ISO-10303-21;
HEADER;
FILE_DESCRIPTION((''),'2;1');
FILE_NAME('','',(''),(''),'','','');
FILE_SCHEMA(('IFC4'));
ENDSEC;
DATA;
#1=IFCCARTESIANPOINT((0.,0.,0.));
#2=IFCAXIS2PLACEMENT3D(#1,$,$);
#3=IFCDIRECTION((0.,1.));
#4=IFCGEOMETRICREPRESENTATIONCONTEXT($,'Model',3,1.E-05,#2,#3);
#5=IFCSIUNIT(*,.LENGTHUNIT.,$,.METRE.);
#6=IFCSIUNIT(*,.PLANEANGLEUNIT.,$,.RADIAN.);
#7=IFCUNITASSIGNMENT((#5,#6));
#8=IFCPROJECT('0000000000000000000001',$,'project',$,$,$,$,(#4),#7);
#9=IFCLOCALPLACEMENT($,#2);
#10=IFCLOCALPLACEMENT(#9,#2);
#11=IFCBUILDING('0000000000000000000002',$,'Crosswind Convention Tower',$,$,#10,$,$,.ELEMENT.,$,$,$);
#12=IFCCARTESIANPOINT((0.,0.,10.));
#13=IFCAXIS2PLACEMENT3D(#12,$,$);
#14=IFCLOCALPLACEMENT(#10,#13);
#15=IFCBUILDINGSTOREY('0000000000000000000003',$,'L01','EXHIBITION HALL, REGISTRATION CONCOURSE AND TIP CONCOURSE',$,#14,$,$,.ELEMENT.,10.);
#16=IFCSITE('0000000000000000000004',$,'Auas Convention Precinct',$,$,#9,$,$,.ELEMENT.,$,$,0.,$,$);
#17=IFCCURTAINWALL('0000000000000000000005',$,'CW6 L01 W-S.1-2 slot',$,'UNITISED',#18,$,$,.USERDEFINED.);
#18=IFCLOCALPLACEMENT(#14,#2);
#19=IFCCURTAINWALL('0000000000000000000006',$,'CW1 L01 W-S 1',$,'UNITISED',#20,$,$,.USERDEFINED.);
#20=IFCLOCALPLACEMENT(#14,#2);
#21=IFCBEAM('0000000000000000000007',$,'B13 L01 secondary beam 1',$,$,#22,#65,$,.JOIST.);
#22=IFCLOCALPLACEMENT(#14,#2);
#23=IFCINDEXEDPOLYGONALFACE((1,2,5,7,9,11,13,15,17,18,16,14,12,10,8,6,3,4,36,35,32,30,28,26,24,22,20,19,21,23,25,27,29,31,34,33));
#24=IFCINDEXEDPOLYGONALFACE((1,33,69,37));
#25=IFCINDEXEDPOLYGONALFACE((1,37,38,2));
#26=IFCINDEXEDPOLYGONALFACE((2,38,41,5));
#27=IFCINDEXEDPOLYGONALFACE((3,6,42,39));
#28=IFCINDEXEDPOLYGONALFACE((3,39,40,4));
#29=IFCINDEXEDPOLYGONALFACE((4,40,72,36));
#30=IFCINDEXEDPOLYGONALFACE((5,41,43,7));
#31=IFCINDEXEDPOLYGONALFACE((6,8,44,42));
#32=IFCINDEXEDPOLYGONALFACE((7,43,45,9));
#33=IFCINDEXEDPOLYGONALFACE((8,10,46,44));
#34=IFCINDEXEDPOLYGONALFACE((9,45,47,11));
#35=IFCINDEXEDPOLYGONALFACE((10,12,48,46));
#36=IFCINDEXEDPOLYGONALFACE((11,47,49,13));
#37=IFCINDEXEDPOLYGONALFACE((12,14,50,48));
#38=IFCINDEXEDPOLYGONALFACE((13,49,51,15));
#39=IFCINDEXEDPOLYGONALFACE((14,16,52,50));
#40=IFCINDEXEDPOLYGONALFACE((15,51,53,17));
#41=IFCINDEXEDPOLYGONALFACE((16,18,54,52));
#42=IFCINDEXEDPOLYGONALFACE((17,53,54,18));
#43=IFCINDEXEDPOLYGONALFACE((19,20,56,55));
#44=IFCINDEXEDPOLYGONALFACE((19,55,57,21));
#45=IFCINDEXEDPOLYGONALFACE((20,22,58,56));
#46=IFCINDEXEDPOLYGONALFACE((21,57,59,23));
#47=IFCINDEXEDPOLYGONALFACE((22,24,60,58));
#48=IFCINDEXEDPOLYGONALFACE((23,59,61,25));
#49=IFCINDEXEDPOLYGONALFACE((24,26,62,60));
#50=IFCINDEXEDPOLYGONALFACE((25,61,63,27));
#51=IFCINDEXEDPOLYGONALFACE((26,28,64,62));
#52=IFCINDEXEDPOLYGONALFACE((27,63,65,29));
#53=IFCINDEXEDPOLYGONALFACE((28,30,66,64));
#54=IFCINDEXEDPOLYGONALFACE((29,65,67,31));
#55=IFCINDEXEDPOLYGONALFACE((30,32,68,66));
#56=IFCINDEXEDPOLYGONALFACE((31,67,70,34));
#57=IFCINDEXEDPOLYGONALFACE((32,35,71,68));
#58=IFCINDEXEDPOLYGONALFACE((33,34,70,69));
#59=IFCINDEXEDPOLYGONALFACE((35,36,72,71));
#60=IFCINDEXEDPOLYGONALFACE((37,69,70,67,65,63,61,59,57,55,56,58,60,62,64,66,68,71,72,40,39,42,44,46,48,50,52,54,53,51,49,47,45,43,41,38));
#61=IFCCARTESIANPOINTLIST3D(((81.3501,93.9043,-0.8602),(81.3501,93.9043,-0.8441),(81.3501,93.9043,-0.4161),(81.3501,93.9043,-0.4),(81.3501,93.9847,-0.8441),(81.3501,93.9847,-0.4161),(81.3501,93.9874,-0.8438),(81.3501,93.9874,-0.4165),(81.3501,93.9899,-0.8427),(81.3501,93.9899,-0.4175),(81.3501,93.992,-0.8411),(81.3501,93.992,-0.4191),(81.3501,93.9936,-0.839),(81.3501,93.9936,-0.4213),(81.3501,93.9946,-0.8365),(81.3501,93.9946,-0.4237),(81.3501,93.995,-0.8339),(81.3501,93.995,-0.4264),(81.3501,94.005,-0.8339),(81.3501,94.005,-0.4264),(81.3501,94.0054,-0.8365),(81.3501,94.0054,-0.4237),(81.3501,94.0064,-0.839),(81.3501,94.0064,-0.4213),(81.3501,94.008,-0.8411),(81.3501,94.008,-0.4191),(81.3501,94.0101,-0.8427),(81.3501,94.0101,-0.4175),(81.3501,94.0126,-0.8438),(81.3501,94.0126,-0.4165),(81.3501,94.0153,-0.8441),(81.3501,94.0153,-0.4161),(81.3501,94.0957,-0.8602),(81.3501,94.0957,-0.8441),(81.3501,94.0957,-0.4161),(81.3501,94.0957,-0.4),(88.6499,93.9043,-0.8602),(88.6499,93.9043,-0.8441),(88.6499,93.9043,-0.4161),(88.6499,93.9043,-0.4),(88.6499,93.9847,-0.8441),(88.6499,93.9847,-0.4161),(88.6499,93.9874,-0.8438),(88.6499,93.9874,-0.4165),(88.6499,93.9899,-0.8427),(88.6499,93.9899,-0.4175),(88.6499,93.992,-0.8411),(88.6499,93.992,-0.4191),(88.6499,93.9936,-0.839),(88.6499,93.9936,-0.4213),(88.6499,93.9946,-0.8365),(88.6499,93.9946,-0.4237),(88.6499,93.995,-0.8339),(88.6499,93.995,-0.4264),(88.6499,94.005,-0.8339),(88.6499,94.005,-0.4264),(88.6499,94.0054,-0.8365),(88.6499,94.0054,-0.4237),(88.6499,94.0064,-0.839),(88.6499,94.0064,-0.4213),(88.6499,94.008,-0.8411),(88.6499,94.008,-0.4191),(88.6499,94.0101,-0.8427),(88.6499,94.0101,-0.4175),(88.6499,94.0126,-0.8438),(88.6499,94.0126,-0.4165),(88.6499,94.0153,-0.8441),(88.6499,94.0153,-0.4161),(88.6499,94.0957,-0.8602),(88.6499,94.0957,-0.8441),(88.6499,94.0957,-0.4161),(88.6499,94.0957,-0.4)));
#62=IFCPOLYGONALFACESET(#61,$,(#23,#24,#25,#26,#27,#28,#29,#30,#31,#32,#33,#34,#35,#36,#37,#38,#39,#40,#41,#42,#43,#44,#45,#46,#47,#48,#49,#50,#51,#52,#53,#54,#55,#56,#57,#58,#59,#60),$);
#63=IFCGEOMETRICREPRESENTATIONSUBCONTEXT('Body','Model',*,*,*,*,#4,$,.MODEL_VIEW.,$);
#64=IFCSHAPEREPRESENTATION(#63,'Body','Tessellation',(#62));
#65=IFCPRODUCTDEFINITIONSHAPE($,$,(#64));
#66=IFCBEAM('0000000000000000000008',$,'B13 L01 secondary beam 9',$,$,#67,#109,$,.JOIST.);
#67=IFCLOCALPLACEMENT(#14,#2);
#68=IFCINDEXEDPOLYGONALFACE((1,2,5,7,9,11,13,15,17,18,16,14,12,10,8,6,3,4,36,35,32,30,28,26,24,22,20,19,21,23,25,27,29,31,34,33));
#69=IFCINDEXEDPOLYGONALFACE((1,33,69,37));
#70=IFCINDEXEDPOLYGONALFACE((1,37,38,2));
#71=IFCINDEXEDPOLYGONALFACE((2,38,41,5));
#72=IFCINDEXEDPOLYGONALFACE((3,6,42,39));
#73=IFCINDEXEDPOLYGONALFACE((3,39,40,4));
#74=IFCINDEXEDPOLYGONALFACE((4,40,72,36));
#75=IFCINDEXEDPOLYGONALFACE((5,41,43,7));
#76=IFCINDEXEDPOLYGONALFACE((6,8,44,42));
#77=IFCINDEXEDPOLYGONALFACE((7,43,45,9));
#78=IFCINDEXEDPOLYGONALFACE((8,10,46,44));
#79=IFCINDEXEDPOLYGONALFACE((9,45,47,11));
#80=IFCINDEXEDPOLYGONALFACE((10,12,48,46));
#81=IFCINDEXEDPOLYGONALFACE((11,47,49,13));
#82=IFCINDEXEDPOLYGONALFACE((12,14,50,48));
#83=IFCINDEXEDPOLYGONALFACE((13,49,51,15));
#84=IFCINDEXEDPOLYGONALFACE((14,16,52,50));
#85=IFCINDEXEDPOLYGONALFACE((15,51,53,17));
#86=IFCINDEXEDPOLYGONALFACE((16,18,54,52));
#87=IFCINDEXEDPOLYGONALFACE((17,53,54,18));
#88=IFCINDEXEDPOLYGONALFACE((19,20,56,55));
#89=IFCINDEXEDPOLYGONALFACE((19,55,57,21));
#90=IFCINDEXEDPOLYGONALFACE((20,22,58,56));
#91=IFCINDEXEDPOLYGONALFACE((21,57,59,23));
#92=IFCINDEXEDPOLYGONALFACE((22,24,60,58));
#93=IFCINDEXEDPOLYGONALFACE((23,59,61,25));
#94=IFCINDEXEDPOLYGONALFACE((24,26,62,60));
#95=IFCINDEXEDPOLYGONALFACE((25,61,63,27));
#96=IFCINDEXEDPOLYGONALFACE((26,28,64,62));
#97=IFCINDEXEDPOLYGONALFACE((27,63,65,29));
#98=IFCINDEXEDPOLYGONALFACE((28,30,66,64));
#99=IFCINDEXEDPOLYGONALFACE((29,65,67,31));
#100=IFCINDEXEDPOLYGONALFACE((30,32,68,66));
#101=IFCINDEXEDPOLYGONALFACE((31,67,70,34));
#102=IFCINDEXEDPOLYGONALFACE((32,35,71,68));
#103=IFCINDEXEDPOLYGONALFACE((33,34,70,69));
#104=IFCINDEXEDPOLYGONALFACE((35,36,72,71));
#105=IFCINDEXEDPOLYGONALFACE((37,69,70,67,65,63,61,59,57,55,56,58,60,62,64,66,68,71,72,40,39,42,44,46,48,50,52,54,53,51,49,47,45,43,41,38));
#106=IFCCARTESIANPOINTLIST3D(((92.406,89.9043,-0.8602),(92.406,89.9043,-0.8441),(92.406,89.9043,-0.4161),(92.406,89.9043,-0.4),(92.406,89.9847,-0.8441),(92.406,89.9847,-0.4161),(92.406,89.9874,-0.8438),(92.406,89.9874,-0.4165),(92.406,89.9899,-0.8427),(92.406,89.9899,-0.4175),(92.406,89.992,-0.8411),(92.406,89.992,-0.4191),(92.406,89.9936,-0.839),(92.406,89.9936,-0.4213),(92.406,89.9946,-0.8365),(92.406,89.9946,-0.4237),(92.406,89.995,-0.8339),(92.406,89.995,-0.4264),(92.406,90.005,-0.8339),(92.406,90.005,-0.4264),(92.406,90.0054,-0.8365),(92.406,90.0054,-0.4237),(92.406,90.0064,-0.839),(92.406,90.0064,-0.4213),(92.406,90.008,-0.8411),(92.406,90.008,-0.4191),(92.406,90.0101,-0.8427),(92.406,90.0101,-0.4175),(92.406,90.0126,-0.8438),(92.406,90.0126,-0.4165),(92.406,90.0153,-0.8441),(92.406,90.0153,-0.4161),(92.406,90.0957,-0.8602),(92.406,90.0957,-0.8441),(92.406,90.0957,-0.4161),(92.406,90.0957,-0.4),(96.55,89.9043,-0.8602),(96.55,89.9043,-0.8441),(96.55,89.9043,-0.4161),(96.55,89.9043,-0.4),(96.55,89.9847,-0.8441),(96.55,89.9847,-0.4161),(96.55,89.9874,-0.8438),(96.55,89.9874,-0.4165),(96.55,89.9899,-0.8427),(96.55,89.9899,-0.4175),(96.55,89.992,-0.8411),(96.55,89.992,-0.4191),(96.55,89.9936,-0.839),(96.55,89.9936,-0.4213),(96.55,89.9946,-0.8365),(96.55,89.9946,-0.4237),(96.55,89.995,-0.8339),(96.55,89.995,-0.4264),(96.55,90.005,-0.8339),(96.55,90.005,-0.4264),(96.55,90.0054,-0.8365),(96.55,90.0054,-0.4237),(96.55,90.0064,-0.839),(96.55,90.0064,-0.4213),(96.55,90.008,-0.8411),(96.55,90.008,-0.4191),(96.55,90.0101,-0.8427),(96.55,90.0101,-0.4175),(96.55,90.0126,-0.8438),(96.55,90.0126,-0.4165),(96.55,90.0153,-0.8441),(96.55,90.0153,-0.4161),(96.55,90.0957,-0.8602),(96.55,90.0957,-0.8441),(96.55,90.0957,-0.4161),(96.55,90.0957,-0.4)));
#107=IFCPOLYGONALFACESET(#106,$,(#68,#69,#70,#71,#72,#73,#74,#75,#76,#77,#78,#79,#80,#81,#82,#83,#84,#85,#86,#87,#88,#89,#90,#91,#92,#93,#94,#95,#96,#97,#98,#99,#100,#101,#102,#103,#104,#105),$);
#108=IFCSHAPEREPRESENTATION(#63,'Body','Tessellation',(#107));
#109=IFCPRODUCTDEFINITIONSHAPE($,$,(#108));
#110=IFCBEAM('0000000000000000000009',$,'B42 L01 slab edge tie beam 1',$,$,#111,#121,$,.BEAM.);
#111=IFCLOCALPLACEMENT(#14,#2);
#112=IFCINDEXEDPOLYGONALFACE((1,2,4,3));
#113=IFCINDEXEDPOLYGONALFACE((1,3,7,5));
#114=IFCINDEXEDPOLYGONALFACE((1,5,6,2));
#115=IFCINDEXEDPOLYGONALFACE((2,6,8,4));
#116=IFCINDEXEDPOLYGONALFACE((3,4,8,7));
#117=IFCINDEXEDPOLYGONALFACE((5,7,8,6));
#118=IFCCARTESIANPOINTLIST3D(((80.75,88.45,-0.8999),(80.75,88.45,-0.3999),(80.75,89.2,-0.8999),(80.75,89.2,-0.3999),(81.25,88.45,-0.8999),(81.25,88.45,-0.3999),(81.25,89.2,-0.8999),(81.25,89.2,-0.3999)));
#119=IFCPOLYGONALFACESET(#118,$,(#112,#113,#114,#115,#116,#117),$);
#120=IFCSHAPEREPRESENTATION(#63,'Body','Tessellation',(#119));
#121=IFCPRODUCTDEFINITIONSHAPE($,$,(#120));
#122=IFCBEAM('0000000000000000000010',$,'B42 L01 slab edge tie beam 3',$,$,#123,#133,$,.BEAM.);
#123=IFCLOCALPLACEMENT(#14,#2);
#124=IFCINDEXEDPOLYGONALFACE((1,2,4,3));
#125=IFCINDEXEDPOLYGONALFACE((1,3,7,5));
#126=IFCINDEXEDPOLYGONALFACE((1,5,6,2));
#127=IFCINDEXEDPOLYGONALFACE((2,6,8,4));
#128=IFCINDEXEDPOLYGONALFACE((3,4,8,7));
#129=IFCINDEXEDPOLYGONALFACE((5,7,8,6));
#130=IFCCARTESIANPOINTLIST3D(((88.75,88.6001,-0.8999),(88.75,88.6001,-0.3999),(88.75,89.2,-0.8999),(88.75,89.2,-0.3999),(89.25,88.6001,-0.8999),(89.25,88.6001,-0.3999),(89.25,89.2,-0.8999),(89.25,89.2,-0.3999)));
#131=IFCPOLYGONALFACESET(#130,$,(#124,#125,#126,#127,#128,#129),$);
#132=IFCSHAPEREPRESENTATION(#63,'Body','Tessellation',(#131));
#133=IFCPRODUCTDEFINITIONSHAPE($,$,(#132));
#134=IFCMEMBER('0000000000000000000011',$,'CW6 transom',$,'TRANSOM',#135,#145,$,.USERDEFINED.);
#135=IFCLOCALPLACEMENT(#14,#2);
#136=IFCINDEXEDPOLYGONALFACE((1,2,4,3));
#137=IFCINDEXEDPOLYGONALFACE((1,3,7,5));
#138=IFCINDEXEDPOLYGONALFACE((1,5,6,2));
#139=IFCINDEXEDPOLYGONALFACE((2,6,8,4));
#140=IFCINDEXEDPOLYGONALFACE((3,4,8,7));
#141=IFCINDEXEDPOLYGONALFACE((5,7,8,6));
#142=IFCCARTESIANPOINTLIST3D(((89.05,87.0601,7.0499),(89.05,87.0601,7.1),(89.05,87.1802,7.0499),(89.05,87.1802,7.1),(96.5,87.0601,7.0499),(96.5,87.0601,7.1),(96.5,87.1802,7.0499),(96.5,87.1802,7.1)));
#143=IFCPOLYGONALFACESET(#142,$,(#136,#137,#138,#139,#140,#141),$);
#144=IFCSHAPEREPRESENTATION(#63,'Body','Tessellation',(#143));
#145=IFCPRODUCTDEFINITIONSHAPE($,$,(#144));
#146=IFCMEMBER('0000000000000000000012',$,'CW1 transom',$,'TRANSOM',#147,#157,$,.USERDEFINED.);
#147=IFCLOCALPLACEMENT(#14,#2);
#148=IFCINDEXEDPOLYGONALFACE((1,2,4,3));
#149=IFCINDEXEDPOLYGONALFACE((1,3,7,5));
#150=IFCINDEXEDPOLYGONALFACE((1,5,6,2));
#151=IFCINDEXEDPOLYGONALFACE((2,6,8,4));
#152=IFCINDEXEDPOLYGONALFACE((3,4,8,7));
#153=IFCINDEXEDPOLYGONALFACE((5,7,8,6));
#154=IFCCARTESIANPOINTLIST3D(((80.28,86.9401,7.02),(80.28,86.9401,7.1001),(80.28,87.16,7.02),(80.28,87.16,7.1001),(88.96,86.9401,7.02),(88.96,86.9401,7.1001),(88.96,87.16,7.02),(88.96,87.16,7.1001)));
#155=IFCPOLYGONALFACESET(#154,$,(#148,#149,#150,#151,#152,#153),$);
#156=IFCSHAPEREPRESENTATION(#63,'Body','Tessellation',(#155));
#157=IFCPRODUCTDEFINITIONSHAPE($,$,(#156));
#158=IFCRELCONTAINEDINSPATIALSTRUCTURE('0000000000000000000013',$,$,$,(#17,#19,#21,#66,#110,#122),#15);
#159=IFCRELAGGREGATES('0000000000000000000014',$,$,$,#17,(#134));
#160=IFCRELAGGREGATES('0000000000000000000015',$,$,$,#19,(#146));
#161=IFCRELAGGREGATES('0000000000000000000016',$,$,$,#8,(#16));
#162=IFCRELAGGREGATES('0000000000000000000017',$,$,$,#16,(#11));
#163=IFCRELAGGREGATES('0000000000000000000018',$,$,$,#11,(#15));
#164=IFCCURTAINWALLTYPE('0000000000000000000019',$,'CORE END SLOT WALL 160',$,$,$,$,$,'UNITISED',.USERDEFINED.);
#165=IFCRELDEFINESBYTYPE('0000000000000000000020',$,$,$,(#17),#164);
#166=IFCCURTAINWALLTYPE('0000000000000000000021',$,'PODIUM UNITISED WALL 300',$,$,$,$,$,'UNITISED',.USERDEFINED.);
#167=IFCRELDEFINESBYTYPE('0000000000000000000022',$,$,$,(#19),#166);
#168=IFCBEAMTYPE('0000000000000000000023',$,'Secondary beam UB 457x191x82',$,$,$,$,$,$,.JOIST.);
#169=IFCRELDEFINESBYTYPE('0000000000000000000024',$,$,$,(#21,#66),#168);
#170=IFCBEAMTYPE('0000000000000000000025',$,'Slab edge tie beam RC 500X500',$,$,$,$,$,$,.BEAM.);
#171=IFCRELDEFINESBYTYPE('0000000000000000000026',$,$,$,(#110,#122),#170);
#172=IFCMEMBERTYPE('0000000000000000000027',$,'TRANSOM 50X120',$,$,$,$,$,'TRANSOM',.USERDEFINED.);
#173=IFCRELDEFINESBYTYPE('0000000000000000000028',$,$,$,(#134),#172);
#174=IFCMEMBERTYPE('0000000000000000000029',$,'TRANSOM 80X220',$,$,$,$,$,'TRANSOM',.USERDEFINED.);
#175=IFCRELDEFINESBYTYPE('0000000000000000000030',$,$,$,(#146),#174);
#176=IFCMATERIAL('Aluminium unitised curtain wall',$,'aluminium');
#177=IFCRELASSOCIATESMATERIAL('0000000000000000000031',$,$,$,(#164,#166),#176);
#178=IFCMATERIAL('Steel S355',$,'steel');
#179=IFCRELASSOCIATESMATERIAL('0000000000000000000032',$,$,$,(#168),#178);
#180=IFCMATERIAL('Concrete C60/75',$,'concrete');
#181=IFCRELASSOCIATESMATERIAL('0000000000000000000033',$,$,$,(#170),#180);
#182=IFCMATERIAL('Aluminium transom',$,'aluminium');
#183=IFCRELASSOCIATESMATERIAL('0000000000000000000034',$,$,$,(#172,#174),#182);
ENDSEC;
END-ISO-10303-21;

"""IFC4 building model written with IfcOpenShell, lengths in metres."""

from ifc_helpers import new_model, si_unit, direction, frame, origin, origin_2d, place, context, subcontext, project, spatial, rectangle, i_section, extrude, material, material_profile, profile_set, type_object, element, aggregate, save


model = new_model("IFC4")

# Units and contexts
model_context = context("Model", 3, precision=1e-05, world=origin(), true_north=direction((0.0, 1.0)))
body_context = subcontext(model_context, "Body", "Model", "MODEL_VIEW")
ifc_project = project(units=[si_unit("LENGTHUNIT", "METRE"), si_unit("PLANEANGLEUNIT", "RADIAN")], contexts=[model_context])

# Site, building, storey
site_placement = place(None, origin())
site = spatial("IfcSite", under=ifc_project, at=site_placement, Name="Auas Convention Precinct", CompositionType="ELEMENT", RefElevation=0.0)
building_placement = place(site_placement, origin())
building = spatial("IfcBuilding", under=site, at=building_placement, Name="Crosswind Convention Tower", CompositionType="ELEMENT")
storey_placement = place(building_placement, frame((0.0, 0.0, 10.0)))
storey = spatial("IfcBuildingStorey", under=building, at=storey_placement, Name="L01", Description="EXHIBITION HALL, REGISTRATION CONCOURSE AND TIP CONCOURSE", CompositionType="ELEMENT", Elevation=10.0)

# Shared definitions
ifc_material_1 = material(Name="Concrete C60/75", Category="concrete")

# Shared definitions
ifc_material_2 = material(Name="Steel S355", Category="steel")

# Curtain wall
ifc_material_3 = material(Name="Aluminium unitised curtain wall", Category="aluminium")
curtain_wall_type_1 = type_object("IfcCurtainWallType", Name="CORE END SLOT WALL 160", ElementType="UNITISED", PredefinedType="USERDEFINED", material=ifc_material_3)
curtain_wall_1_placement = place(storey_placement, origin())
curtain_wall_1 = element("IfcCurtainWall", 1, at=curtain_wall_1_placement, inside=storey, type_object=curtain_wall_type_1, Name="CW6 L01 W-S.1-2 slot", ObjectType="UNITISED", PredefinedType="USERDEFINED")

# Curtain wall
curtain_wall_type_2 = type_object("IfcCurtainWallType", Name="PODIUM UNITISED WALL 300", ElementType="UNITISED", PredefinedType="USERDEFINED", material=ifc_material_3)
curtain_wall_2_placement = place(storey_placement, origin())
curtain_wall_2 = element("IfcCurtainWall", 2, at=curtain_wall_2_placement, inside=storey, type_object=curtain_wall_type_2, Name="CW1 L01 W-S 1", ObjectType="UNITISED", PredefinedType="USERDEFINED")

# Beams
ifc_material_profile_1 = material_profile(ifc_material_2, i_section(OverallWidth=0.1914, OverallDepth=0.4602, WebThickness=0.01, FlangeThickness=0.0161, FilletRadius=0.0103, at=origin_2d()), Name="UB 457x191x82")
ifc_profile_set_1 = profile_set([ifc_material_profile_1], Name="Steel S355")
beam_type_1 = type_object("IfcBeamType", Name="Secondary beam UB 457x191x82", PredefinedType="JOIST", material=ifc_profile_set_1)
beam_1_placement = place(storey_placement, frame((81.3501, 94.0, -0.6301), z_axis=(1.0, 0.0, 0.0), x_axis=(0.0, 1.0, 0.0)))
element("IfcBeam", 3, at=beam_1_placement, inside=storey, type_object=beam_type_1, Name="B13 L01 secondary beam 1", PredefinedType="JOIST", context=body_context, shape_type="SweptSolid", body=[
    extrude(i_section(OverallWidth=0.1914, OverallDepth=0.4602, WebThickness=0.01, FlangeThickness=0.0161, FilletRadius=0.0103, at=origin_2d()), origin(), (0.0, 0.0, 1.0), 7.2998),
])
beam_2_placement = place(storey_placement, frame((92.406, 90.0, -0.6301), z_axis=(1.0, 0.0, 0.0), x_axis=(0.0, 1.0, 0.0)))
element("IfcBeam", 4, at=beam_2_placement, inside=storey, type_object=beam_type_1, Name="B13 L01 secondary beam 9", PredefinedType="JOIST", context=body_context, shape_type="SweptSolid", body=[
    extrude(i_section(OverallWidth=0.1914, OverallDepth=0.4602, WebThickness=0.01, FlangeThickness=0.0161, FilletRadius=0.0103, at=origin_2d()), origin(), (0.0, 0.0, 1.0), 4.144),
])
ifc_material_profile_2 = material_profile(ifc_material_1, rectangle(XDim=0.5, YDim=0.5, at=origin_2d()), Name="RC 500X500")
ifc_profile_set_2 = profile_set([ifc_material_profile_2], Name="Concrete C60/75")
beam_type_2 = type_object("IfcBeamType", Name="Slab edge tie beam RC 500X500", PredefinedType="BEAM", material=ifc_profile_set_2)
beam_3_placement = place(storey_placement, frame((81.0, 88.45, -0.6499), z_axis=(0.0, 1.0, 0.0), x_axis=(-1.0, 0.0, 0.0)))
element("IfcBeam", 5, at=beam_3_placement, inside=storey, type_object=beam_type_2, Name="B42 L01 slab edge tie beam 1", PredefinedType="BEAM", context=body_context, shape_type="SweptSolid", body=[
    extrude(rectangle(XDim=0.5, YDim=0.5, at=origin_2d()), origin(), (0.0, 0.0, 1.0), 0.75),
])
beam_4_placement = place(storey_placement, frame((89.0, 88.6001, -0.6499), z_axis=(0.0, 1.0, 0.0), x_axis=(-1.0, 0.0, 0.0)))
element("IfcBeam", 6, at=beam_4_placement, inside=storey, type_object=beam_type_2, Name="B42 L01 slab edge tie beam 3", PredefinedType="BEAM", context=body_context, shape_type="SweptSolid", body=[
    extrude(rectangle(XDim=0.5, YDim=0.5, at=origin_2d()), origin(), (0.0, 0.0, 1.0), 0.5999),
])

# Members
ifc_material_4 = material(Name="Aluminium transom", Category="aluminium")
ifc_material_profile_3 = material_profile(ifc_material_4, rectangle(XDim=0.1201, YDim=0.05, at=origin_2d()), Name="AL 120X50")
ifc_profile_set_3 = profile_set([ifc_material_profile_3], Name="Aluminium transom")
member_type_1 = type_object("IfcMemberType", Name="TRANSOM 50X120", ElementType="TRANSOM", PredefinedType="USERDEFINED", material=ifc_profile_set_3)
member_1_placement = place(storey_placement, frame((89.05, 87.1201, 7.075), z_axis=(1.0, 0.0, 0.0), x_axis=(0.0, 1.0, 0.0)))
member_1 = element("IfcMember", 7, at=member_1_placement, type_object=member_type_1, Name="CW6 transom", ObjectType="TRANSOM", PredefinedType="USERDEFINED", context=body_context, shape_type="SweptSolid", body=[
    extrude(rectangle(XDim=0.1201, YDim=0.05, at=origin_2d()), origin(), (0.0, 0.0, 1.0), 7.45),
])
ifc_material_profile_4 = material_profile(ifc_material_4, rectangle(XDim=0.22, YDim=0.0801, at=origin_2d()), Name="AL 220X80")
ifc_profile_set_4 = profile_set([ifc_material_profile_4], Name="Aluminium transom")
member_type_2 = type_object("IfcMemberType", Name="TRANSOM 80X220", ElementType="TRANSOM", PredefinedType="USERDEFINED", material=ifc_profile_set_4)
member_2_placement = place(storey_placement, frame((80.28, 87.05, 7.0601), z_axis=(1.0, 0.0, 0.0), x_axis=(0.0, 1.0, 0.0)))
member_2 = element("IfcMember", 8, at=member_2_placement, type_object=member_type_2, Name="CW1 transom", ObjectType="TRANSOM", PredefinedType="USERDEFINED", context=body_context, shape_type="SweptSolid", body=[
    extrude(rectangle(XDim=0.22, YDim=0.0801, at=origin_2d()), origin(), (0.0, 0.0, 1.0), 8.6799),
])

aggregate(curtain_wall_1, [member_1])
aggregate(curtain_wall_2, [member_2])

save(model, "model.ifc")
